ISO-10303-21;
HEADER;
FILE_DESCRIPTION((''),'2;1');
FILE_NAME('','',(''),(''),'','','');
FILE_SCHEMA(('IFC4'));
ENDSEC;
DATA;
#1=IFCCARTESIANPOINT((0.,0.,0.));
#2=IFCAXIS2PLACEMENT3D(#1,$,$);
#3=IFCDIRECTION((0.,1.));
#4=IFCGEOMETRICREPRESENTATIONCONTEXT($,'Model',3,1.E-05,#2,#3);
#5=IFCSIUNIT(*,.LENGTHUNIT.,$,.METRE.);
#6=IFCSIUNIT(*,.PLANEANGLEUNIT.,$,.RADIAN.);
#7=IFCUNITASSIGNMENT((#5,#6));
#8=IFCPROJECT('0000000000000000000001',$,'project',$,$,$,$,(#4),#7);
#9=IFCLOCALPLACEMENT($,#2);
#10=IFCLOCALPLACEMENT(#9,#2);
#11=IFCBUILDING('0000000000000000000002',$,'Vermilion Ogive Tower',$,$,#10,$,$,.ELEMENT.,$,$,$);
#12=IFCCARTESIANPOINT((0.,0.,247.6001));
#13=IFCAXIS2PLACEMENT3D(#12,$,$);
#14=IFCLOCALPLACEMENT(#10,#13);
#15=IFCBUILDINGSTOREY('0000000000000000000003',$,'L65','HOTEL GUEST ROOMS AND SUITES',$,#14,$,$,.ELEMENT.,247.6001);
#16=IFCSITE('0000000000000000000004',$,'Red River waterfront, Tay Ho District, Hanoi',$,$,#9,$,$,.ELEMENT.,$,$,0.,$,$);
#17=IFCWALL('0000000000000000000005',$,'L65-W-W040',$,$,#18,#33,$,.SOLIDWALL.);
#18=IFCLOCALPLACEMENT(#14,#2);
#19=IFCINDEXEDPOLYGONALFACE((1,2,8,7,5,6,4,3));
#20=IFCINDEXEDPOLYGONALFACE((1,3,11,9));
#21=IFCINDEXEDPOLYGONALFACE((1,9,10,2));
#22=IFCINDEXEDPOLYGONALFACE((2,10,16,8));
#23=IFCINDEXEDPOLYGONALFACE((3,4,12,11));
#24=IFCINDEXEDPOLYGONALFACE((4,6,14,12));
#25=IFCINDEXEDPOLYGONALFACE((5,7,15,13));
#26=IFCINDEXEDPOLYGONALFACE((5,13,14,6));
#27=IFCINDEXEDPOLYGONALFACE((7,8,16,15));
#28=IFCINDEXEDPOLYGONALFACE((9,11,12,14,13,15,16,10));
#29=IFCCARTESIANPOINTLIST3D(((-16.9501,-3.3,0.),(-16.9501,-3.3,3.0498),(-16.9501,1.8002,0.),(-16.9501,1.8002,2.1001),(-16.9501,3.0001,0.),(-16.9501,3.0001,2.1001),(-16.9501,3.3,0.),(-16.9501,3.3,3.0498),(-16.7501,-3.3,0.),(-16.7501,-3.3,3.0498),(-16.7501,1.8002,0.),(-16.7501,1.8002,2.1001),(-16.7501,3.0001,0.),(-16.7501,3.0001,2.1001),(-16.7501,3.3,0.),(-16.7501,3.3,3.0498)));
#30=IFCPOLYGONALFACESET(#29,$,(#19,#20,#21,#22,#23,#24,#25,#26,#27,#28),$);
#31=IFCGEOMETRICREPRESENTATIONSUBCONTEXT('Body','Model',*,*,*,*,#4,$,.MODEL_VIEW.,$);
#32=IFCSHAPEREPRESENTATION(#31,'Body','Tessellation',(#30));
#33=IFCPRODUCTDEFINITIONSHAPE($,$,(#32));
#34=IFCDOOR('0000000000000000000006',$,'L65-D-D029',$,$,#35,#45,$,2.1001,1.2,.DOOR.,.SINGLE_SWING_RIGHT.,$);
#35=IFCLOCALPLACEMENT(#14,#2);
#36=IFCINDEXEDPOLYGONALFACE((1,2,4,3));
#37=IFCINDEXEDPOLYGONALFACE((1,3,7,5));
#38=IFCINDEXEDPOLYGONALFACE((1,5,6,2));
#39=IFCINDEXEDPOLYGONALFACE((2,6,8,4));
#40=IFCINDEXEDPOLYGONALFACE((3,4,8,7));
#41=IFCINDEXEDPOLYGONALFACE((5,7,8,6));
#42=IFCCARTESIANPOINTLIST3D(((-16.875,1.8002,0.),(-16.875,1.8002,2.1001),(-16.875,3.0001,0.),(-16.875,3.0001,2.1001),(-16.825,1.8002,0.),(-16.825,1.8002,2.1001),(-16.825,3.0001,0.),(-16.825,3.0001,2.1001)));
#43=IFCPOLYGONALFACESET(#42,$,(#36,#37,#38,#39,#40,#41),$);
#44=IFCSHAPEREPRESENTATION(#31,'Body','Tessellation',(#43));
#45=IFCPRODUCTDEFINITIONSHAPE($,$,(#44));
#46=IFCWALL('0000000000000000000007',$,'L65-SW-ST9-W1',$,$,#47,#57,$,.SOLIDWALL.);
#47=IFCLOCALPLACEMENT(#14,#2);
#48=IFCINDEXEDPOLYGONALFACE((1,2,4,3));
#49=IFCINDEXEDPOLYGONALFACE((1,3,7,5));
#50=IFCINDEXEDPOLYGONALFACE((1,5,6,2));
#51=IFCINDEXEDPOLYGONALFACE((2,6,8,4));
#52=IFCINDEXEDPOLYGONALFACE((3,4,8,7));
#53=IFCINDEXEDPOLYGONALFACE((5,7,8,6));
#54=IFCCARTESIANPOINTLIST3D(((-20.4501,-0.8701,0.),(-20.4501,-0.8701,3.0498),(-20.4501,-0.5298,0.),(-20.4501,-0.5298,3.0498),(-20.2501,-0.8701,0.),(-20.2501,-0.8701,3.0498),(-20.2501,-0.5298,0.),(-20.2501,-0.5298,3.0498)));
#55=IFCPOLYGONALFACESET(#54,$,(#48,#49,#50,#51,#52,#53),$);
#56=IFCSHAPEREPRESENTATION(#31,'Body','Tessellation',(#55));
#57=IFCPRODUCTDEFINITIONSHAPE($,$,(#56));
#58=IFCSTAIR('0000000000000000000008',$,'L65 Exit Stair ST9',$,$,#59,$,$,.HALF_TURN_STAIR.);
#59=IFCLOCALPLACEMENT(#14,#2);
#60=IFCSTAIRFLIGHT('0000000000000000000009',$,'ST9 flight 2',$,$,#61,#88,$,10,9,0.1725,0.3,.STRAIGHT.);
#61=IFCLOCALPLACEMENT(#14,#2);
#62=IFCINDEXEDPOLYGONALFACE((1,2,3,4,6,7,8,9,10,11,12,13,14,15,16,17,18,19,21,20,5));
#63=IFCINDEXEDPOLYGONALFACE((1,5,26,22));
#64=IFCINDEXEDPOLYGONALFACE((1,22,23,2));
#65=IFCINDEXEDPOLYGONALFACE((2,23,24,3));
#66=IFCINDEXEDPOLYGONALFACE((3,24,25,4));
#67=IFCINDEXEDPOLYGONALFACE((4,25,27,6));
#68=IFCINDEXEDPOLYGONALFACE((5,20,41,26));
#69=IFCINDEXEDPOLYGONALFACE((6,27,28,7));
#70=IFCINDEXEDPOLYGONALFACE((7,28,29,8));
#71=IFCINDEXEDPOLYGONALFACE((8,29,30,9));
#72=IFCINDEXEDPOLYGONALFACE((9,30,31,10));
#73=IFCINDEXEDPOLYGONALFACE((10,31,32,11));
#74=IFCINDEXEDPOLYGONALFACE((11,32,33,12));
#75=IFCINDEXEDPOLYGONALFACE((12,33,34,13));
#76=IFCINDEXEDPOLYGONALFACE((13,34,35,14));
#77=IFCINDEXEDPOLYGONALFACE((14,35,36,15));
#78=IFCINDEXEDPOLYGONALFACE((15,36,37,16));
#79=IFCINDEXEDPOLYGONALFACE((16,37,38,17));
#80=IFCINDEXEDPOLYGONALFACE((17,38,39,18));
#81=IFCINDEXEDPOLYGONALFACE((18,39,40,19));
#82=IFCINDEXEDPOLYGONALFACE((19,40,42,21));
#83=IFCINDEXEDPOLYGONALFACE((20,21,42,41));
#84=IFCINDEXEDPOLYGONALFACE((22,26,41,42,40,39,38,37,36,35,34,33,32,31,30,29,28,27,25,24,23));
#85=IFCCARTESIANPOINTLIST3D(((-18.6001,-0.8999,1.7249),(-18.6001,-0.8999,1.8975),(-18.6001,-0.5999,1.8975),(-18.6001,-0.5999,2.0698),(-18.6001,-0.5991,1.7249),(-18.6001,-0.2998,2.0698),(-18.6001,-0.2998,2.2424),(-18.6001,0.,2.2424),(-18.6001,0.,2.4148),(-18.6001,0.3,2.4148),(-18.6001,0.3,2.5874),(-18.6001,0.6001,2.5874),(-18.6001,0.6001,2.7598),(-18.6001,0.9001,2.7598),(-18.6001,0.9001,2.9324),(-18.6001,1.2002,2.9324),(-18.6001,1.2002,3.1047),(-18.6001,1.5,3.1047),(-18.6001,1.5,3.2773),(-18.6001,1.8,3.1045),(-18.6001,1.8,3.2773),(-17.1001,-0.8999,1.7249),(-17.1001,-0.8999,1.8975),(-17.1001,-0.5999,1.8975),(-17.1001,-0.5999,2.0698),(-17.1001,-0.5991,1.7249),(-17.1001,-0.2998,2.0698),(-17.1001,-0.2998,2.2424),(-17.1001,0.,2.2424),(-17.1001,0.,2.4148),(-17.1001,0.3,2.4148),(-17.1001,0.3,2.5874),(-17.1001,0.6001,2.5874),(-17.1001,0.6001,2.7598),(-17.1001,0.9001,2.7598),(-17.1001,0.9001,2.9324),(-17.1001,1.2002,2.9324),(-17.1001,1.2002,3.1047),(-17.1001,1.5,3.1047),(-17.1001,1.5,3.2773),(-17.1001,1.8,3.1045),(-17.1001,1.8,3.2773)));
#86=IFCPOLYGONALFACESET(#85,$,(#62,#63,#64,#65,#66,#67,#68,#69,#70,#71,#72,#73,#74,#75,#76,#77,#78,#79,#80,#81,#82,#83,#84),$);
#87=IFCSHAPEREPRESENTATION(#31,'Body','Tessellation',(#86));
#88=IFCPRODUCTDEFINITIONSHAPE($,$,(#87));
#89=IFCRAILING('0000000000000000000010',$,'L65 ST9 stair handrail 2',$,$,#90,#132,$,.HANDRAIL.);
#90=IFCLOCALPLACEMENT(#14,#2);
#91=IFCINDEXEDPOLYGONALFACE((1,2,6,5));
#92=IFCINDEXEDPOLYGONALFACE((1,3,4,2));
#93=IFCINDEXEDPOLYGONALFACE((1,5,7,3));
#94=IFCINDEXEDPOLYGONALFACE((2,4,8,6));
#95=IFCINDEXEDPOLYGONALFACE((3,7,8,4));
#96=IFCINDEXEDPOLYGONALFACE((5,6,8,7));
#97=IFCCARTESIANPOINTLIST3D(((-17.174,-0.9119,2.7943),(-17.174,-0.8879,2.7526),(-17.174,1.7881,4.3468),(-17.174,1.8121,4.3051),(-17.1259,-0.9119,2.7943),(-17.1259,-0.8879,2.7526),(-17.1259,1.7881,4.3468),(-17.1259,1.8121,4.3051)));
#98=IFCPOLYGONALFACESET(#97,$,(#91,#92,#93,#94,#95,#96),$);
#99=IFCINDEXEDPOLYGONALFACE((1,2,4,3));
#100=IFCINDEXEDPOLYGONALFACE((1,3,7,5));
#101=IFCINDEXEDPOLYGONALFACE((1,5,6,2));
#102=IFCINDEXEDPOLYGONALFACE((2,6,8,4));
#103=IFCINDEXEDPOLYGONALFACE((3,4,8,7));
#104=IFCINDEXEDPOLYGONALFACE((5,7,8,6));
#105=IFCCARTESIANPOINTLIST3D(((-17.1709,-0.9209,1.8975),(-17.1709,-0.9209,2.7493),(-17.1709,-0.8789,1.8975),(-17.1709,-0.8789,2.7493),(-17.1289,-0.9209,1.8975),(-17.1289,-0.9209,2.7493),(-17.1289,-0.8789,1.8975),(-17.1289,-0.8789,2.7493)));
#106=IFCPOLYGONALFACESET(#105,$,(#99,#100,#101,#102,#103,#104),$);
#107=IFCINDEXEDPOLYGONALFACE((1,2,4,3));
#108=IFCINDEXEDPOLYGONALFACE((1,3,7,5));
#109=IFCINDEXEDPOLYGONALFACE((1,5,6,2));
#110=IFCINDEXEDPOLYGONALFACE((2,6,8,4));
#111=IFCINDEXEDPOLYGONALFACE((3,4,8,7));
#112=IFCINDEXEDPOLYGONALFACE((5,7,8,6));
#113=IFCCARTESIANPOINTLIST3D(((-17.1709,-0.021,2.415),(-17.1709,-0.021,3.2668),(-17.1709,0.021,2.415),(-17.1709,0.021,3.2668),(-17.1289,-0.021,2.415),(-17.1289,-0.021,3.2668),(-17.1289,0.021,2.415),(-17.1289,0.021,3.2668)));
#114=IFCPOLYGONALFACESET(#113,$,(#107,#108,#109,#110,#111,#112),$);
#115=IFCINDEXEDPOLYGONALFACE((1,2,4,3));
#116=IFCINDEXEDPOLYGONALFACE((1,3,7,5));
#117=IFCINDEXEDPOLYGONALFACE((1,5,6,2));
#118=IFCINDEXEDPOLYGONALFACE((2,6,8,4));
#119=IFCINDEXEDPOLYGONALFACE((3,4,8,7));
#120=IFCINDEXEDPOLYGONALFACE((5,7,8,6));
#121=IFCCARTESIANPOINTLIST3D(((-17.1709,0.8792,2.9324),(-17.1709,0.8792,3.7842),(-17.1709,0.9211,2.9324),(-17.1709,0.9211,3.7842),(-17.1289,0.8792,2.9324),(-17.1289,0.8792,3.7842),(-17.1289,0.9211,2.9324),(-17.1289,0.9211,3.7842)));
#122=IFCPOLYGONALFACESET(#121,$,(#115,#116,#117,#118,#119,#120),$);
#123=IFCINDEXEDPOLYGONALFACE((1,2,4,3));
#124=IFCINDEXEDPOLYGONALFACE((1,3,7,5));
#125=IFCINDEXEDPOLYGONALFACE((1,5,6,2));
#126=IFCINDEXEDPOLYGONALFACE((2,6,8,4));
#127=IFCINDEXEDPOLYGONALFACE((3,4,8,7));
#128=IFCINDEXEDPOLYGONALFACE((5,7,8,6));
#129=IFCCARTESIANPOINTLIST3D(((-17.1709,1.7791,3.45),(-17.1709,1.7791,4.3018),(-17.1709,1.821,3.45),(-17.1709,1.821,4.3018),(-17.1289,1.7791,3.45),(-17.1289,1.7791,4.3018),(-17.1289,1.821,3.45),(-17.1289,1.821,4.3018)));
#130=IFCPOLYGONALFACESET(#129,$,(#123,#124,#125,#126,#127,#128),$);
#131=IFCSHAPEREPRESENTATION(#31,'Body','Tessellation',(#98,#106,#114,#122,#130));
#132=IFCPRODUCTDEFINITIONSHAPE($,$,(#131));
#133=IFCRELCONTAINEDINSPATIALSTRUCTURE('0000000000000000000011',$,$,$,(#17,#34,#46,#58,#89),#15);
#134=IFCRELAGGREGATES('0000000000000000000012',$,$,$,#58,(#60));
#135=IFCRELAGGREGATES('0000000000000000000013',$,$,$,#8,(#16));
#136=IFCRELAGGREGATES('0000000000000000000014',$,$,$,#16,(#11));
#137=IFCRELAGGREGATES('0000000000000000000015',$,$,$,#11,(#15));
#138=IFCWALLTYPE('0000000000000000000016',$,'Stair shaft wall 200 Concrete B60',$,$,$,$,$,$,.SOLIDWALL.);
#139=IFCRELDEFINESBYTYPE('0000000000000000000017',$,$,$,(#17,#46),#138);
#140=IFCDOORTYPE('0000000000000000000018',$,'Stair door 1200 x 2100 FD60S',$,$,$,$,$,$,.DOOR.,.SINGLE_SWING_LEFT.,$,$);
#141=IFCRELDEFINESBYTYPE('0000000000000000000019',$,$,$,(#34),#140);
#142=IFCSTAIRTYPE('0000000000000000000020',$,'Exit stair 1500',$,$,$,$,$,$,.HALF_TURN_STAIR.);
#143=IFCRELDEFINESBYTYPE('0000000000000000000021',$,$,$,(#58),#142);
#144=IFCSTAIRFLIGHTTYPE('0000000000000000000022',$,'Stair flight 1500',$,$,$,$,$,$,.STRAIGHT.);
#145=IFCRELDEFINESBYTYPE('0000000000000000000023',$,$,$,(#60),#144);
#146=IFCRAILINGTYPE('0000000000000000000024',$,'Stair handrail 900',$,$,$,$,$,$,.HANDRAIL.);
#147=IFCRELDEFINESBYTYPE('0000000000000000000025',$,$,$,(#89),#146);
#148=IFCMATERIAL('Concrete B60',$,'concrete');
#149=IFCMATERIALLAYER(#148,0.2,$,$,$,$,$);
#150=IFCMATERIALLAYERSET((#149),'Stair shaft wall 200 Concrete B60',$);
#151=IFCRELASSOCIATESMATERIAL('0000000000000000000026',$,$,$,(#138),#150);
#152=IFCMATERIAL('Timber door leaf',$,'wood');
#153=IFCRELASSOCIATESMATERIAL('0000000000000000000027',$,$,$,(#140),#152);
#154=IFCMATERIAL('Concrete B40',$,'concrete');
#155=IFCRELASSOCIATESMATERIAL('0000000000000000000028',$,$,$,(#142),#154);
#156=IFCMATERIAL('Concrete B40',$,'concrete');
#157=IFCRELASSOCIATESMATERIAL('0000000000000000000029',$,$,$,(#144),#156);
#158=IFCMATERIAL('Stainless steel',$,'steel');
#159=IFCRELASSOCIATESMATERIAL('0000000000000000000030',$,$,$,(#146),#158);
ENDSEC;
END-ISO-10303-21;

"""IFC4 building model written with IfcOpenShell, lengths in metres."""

from ifc_helpers import new_model, si_unit, direction, frame, frame_2d, origin, origin_2d, place, context, subcontext, project, spatial, polyline, rectangle, outline, extrude, material, layer, layer_set, type_object, element, fill, aggregate, save


model = new_model("IFC4")

# Units and contexts
model_context = context("Model", 3, precision=1e-05, world=origin(), true_north=direction((0.0, 1.0)))
body_context = subcontext(model_context, "Body", "Model", "MODEL_VIEW")
ifc_project = project(units=[si_unit("LENGTHUNIT", "METRE"), si_unit("PLANEANGLEUNIT", "RADIAN")], contexts=[model_context])

# Site, building, storey
site_placement = place(None, origin())
site = spatial("IfcSite", under=ifc_project, at=site_placement, Name="Red River waterfront, Tay Ho District, Hanoi", CompositionType="ELEMENT", RefElevation=0.0)
building_placement = place(site_placement, origin())
building = spatial("IfcBuilding", under=site, at=building_placement, Name="Vermilion Ogive Tower", CompositionType="ELEMENT")
storey_placement = place(building_placement, frame((0.0, 0.0, 247.6001)))
storey = spatial("IfcBuildingStorey", under=building, at=storey_placement, Name="L65", Description="HOTEL GUEST ROOMS AND SUITES", CompositionType="ELEMENT", Elevation=247.6001)

# Shared definitions
ifc_material_1 = material(Name="Concrete B60", Category="concrete")
ifc_layer_1 = layer(ifc_material_1, 0.2)
ifc_layer_set_1 = layer_set([ifc_layer_1], Name="Stair shaft wall 200 Concrete B60")
wall_type_1 = type_object("IfcWallType", Name="Stair shaft wall 200 Concrete B60", PredefinedType="SOLIDWALL", material=ifc_layer_set_1)

# Wall, opening, door
wall_1_placement = place(storey_placement, frame((-16.8501, -3.3, 0.0), z_axis=(0.0, 0.0, 1.0), x_axis=(0.0, 1.0, 0.0)))
wall_1 = element("IfcWall", 1, at=wall_1_placement, inside=storey, type_object=wall_type_1, Name="L65-W-W040", PredefinedType="SOLIDWALL", context=body_context, shape_type="SweptSolid", body=[
    extrude(rectangle(XDim=6.6001, YDim=0.2, at=frame_2d((3.3, 0.0))), origin(), (0.0, 0.0, 1.0), 3.0498),
])
opening_1_placement = place(wall_1_placement, frame((5.1001, 0.0, 0.0)))
opening_1 = element("IfcOpeningElement", 2, at=opening_1_placement, cuts=wall_1, PredefinedType="OPENING", context=body_context, shape_type="SweptSolid", body=[
    extrude(rectangle(XDim=1.2, YDim=2.1001, at=frame_2d((0.6001, 1.05))), frame((0.0, 0.1099, 0.0), z_axis=(0.0, -1.0, 0.0), x_axis=(1.0, 0.0, 0.0)), (0.0, 0.0, 1.0), 0.22),
])
ifc_material_2 = material(Name="Timber door leaf", Category="wood")
door_type_1 = type_object("IfcDoorType", Name="Stair door 1200 x 2100 FD60S", OperationType="SINGLE_SWING_LEFT", PredefinedType="DOOR", material=ifc_material_2)
door_1_placement = place(opening_1_placement, origin())
door_1 = element("IfcDoor", 3, at=door_1_placement, inside=storey, type_object=door_type_1, Name="L65-D-D029", OperationType="SINGLE_SWING_RIGHT", OverallHeight=2.1001, OverallWidth=1.2, PredefinedType="DOOR", context=body_context, shape_type="SweptSolid", body=[
    extrude(rectangle(XDim=1.2, YDim=2.1001, at=frame_2d((0.6001, 1.05))), frame((0.0, 0.0249, 0.0), z_axis=(0.0, -1.0, 0.0), x_axis=(1.0, 0.0, 0.0)), (0.0, 0.0, 1.0), 0.05),
])
fill(opening_1, door_1)

# Wall
wall_2_placement = place(storey_placement, frame((-20.3501, -0.8701, 0.0), z_axis=(0.0, 0.0, 1.0), x_axis=(0.0, 1.0, 0.0)))
element("IfcWall", 4, at=wall_2_placement, inside=storey, type_object=wall_type_1, Name="L65-SW-ST9-W1", PredefinedType="SOLIDWALL", context=body_context, shape_type="SweptSolid", body=[
    extrude(rectangle(XDim=0.3403, YDim=0.2, at=frame_2d((0.1702, 0.0))), origin(), (0.0, 0.0, 1.0), 3.0498),
])

# Stair, stair flight
ifc_material_3 = material(Name="Concrete B40", Category="concrete")
stair_type = type_object("IfcStairType", Name="Exit stair 1500", PredefinedType="HALF_TURN_STAIR", material=ifc_material_3)
stair_placement = place(storey_placement, origin())
stair = element("IfcStair", 5, at=stair_placement, inside=storey, type_object=stair_type, Name="L65 Exit Stair ST9", PredefinedType="HALF_TURN_STAIR")
ifc_material_4 = material(Name="Concrete B40", Category="concrete")
stair_flight_type = type_object("IfcStairFlightType", Name="Stair flight 1500", PredefinedType="STRAIGHT", material=ifc_material_4)
stair_flight_placement = place(storey_placement, frame((-17.8501, -0.8999, 1.7249), z_axis=(0.0, 0.0, 1.0), x_axis=(0.0, 1.0, 0.0)))
stair_flight = element("IfcStairFlight", 6, at=stair_flight_placement, type_object=stair_flight_type, Name="ST9 flight 2", NumberOfRisers=10, NumberOfTreads=9, PredefinedType="STRAIGHT", RiserHeight=0.1725, TreadLength=0.3, context=body_context, shape_type="SweptSolid", body=[
    extrude(outline(polyline([(0.0, 0.0), (0.0, 0.1726), (0.3, 0.1726), (0.3, 0.345), (0.6001, 0.345), (0.6001, 0.5176), (0.8999, 0.5176), (0.8999, 0.6899), (1.2, 0.6899), (1.2, 0.8625), (1.5, 0.8625), (1.5, 1.0349), (1.8, 1.0349), (1.8, 1.2075), (2.1001, 1.2075), (2.1001, 1.3799), (2.3999, 1.3799), (2.3999, 1.5525), (2.7, 1.5525), (2.7, 1.7251), (2.7, 1.3796), (0.3008, 0.0), (0.0, 0.0)])), frame((0.0, 0.75, 0.0), z_axis=(0.0, -1.0, 0.0), x_axis=(1.0, 0.0, 0.0)), (0.0, 0.0, 1.0), 1.5),
])
aggregate(stair, [stair_flight])

# Railing
ifc_material_5 = material(Name="Stainless steel", Category="steel")
railing_type = type_object("IfcRailingType", Name="Stair handrail 900", PredefinedType="HANDRAIL", material=ifc_material_5)
railing_placement = place(storey_placement, frame((-17.1499, -0.8999, 1.8975)))
element("IfcRailing", 7, at=railing_placement, inside=storey, type_object=railing_type, Name="L65 ST9 stair handrail 2", PredefinedType="HANDRAIL", context=body_context, shape_type="SweptSolid", body=[
    extrude(rectangle(XDim=0.0481, YDim=0.0481, at=origin_2d()), frame((0.0, 0.0, 0.876), z_axis=(0.0, 0.866904, 0.498476), x_axis=(-1.0, 0.0, 0.0)), (0.0, 0.0, 1.0), 3.1145),
    extrude(rectangle(XDim=0.042, YDim=0.042, at=origin_2d()), origin(), (0.0, 0.0, 1.0), 0.8518),
    extrude(rectangle(XDim=0.042, YDim=0.042, at=origin_2d()), frame((0.0, 0.8999, 0.5176)), (0.0, 0.0, 1.0), 0.8518),
    extrude(rectangle(XDim=0.042, YDim=0.042, at=origin_2d()), frame((0.0, 1.8, 1.0349)), (0.0, 0.0, 1.0), 0.8518),
    extrude(rectangle(XDim=0.042, YDim=0.042, at=origin_2d()), frame((0.0, 2.7, 1.5525)), (0.0, 0.0, 1.0), 0.8518),
])

save(model, "model.ifc")
